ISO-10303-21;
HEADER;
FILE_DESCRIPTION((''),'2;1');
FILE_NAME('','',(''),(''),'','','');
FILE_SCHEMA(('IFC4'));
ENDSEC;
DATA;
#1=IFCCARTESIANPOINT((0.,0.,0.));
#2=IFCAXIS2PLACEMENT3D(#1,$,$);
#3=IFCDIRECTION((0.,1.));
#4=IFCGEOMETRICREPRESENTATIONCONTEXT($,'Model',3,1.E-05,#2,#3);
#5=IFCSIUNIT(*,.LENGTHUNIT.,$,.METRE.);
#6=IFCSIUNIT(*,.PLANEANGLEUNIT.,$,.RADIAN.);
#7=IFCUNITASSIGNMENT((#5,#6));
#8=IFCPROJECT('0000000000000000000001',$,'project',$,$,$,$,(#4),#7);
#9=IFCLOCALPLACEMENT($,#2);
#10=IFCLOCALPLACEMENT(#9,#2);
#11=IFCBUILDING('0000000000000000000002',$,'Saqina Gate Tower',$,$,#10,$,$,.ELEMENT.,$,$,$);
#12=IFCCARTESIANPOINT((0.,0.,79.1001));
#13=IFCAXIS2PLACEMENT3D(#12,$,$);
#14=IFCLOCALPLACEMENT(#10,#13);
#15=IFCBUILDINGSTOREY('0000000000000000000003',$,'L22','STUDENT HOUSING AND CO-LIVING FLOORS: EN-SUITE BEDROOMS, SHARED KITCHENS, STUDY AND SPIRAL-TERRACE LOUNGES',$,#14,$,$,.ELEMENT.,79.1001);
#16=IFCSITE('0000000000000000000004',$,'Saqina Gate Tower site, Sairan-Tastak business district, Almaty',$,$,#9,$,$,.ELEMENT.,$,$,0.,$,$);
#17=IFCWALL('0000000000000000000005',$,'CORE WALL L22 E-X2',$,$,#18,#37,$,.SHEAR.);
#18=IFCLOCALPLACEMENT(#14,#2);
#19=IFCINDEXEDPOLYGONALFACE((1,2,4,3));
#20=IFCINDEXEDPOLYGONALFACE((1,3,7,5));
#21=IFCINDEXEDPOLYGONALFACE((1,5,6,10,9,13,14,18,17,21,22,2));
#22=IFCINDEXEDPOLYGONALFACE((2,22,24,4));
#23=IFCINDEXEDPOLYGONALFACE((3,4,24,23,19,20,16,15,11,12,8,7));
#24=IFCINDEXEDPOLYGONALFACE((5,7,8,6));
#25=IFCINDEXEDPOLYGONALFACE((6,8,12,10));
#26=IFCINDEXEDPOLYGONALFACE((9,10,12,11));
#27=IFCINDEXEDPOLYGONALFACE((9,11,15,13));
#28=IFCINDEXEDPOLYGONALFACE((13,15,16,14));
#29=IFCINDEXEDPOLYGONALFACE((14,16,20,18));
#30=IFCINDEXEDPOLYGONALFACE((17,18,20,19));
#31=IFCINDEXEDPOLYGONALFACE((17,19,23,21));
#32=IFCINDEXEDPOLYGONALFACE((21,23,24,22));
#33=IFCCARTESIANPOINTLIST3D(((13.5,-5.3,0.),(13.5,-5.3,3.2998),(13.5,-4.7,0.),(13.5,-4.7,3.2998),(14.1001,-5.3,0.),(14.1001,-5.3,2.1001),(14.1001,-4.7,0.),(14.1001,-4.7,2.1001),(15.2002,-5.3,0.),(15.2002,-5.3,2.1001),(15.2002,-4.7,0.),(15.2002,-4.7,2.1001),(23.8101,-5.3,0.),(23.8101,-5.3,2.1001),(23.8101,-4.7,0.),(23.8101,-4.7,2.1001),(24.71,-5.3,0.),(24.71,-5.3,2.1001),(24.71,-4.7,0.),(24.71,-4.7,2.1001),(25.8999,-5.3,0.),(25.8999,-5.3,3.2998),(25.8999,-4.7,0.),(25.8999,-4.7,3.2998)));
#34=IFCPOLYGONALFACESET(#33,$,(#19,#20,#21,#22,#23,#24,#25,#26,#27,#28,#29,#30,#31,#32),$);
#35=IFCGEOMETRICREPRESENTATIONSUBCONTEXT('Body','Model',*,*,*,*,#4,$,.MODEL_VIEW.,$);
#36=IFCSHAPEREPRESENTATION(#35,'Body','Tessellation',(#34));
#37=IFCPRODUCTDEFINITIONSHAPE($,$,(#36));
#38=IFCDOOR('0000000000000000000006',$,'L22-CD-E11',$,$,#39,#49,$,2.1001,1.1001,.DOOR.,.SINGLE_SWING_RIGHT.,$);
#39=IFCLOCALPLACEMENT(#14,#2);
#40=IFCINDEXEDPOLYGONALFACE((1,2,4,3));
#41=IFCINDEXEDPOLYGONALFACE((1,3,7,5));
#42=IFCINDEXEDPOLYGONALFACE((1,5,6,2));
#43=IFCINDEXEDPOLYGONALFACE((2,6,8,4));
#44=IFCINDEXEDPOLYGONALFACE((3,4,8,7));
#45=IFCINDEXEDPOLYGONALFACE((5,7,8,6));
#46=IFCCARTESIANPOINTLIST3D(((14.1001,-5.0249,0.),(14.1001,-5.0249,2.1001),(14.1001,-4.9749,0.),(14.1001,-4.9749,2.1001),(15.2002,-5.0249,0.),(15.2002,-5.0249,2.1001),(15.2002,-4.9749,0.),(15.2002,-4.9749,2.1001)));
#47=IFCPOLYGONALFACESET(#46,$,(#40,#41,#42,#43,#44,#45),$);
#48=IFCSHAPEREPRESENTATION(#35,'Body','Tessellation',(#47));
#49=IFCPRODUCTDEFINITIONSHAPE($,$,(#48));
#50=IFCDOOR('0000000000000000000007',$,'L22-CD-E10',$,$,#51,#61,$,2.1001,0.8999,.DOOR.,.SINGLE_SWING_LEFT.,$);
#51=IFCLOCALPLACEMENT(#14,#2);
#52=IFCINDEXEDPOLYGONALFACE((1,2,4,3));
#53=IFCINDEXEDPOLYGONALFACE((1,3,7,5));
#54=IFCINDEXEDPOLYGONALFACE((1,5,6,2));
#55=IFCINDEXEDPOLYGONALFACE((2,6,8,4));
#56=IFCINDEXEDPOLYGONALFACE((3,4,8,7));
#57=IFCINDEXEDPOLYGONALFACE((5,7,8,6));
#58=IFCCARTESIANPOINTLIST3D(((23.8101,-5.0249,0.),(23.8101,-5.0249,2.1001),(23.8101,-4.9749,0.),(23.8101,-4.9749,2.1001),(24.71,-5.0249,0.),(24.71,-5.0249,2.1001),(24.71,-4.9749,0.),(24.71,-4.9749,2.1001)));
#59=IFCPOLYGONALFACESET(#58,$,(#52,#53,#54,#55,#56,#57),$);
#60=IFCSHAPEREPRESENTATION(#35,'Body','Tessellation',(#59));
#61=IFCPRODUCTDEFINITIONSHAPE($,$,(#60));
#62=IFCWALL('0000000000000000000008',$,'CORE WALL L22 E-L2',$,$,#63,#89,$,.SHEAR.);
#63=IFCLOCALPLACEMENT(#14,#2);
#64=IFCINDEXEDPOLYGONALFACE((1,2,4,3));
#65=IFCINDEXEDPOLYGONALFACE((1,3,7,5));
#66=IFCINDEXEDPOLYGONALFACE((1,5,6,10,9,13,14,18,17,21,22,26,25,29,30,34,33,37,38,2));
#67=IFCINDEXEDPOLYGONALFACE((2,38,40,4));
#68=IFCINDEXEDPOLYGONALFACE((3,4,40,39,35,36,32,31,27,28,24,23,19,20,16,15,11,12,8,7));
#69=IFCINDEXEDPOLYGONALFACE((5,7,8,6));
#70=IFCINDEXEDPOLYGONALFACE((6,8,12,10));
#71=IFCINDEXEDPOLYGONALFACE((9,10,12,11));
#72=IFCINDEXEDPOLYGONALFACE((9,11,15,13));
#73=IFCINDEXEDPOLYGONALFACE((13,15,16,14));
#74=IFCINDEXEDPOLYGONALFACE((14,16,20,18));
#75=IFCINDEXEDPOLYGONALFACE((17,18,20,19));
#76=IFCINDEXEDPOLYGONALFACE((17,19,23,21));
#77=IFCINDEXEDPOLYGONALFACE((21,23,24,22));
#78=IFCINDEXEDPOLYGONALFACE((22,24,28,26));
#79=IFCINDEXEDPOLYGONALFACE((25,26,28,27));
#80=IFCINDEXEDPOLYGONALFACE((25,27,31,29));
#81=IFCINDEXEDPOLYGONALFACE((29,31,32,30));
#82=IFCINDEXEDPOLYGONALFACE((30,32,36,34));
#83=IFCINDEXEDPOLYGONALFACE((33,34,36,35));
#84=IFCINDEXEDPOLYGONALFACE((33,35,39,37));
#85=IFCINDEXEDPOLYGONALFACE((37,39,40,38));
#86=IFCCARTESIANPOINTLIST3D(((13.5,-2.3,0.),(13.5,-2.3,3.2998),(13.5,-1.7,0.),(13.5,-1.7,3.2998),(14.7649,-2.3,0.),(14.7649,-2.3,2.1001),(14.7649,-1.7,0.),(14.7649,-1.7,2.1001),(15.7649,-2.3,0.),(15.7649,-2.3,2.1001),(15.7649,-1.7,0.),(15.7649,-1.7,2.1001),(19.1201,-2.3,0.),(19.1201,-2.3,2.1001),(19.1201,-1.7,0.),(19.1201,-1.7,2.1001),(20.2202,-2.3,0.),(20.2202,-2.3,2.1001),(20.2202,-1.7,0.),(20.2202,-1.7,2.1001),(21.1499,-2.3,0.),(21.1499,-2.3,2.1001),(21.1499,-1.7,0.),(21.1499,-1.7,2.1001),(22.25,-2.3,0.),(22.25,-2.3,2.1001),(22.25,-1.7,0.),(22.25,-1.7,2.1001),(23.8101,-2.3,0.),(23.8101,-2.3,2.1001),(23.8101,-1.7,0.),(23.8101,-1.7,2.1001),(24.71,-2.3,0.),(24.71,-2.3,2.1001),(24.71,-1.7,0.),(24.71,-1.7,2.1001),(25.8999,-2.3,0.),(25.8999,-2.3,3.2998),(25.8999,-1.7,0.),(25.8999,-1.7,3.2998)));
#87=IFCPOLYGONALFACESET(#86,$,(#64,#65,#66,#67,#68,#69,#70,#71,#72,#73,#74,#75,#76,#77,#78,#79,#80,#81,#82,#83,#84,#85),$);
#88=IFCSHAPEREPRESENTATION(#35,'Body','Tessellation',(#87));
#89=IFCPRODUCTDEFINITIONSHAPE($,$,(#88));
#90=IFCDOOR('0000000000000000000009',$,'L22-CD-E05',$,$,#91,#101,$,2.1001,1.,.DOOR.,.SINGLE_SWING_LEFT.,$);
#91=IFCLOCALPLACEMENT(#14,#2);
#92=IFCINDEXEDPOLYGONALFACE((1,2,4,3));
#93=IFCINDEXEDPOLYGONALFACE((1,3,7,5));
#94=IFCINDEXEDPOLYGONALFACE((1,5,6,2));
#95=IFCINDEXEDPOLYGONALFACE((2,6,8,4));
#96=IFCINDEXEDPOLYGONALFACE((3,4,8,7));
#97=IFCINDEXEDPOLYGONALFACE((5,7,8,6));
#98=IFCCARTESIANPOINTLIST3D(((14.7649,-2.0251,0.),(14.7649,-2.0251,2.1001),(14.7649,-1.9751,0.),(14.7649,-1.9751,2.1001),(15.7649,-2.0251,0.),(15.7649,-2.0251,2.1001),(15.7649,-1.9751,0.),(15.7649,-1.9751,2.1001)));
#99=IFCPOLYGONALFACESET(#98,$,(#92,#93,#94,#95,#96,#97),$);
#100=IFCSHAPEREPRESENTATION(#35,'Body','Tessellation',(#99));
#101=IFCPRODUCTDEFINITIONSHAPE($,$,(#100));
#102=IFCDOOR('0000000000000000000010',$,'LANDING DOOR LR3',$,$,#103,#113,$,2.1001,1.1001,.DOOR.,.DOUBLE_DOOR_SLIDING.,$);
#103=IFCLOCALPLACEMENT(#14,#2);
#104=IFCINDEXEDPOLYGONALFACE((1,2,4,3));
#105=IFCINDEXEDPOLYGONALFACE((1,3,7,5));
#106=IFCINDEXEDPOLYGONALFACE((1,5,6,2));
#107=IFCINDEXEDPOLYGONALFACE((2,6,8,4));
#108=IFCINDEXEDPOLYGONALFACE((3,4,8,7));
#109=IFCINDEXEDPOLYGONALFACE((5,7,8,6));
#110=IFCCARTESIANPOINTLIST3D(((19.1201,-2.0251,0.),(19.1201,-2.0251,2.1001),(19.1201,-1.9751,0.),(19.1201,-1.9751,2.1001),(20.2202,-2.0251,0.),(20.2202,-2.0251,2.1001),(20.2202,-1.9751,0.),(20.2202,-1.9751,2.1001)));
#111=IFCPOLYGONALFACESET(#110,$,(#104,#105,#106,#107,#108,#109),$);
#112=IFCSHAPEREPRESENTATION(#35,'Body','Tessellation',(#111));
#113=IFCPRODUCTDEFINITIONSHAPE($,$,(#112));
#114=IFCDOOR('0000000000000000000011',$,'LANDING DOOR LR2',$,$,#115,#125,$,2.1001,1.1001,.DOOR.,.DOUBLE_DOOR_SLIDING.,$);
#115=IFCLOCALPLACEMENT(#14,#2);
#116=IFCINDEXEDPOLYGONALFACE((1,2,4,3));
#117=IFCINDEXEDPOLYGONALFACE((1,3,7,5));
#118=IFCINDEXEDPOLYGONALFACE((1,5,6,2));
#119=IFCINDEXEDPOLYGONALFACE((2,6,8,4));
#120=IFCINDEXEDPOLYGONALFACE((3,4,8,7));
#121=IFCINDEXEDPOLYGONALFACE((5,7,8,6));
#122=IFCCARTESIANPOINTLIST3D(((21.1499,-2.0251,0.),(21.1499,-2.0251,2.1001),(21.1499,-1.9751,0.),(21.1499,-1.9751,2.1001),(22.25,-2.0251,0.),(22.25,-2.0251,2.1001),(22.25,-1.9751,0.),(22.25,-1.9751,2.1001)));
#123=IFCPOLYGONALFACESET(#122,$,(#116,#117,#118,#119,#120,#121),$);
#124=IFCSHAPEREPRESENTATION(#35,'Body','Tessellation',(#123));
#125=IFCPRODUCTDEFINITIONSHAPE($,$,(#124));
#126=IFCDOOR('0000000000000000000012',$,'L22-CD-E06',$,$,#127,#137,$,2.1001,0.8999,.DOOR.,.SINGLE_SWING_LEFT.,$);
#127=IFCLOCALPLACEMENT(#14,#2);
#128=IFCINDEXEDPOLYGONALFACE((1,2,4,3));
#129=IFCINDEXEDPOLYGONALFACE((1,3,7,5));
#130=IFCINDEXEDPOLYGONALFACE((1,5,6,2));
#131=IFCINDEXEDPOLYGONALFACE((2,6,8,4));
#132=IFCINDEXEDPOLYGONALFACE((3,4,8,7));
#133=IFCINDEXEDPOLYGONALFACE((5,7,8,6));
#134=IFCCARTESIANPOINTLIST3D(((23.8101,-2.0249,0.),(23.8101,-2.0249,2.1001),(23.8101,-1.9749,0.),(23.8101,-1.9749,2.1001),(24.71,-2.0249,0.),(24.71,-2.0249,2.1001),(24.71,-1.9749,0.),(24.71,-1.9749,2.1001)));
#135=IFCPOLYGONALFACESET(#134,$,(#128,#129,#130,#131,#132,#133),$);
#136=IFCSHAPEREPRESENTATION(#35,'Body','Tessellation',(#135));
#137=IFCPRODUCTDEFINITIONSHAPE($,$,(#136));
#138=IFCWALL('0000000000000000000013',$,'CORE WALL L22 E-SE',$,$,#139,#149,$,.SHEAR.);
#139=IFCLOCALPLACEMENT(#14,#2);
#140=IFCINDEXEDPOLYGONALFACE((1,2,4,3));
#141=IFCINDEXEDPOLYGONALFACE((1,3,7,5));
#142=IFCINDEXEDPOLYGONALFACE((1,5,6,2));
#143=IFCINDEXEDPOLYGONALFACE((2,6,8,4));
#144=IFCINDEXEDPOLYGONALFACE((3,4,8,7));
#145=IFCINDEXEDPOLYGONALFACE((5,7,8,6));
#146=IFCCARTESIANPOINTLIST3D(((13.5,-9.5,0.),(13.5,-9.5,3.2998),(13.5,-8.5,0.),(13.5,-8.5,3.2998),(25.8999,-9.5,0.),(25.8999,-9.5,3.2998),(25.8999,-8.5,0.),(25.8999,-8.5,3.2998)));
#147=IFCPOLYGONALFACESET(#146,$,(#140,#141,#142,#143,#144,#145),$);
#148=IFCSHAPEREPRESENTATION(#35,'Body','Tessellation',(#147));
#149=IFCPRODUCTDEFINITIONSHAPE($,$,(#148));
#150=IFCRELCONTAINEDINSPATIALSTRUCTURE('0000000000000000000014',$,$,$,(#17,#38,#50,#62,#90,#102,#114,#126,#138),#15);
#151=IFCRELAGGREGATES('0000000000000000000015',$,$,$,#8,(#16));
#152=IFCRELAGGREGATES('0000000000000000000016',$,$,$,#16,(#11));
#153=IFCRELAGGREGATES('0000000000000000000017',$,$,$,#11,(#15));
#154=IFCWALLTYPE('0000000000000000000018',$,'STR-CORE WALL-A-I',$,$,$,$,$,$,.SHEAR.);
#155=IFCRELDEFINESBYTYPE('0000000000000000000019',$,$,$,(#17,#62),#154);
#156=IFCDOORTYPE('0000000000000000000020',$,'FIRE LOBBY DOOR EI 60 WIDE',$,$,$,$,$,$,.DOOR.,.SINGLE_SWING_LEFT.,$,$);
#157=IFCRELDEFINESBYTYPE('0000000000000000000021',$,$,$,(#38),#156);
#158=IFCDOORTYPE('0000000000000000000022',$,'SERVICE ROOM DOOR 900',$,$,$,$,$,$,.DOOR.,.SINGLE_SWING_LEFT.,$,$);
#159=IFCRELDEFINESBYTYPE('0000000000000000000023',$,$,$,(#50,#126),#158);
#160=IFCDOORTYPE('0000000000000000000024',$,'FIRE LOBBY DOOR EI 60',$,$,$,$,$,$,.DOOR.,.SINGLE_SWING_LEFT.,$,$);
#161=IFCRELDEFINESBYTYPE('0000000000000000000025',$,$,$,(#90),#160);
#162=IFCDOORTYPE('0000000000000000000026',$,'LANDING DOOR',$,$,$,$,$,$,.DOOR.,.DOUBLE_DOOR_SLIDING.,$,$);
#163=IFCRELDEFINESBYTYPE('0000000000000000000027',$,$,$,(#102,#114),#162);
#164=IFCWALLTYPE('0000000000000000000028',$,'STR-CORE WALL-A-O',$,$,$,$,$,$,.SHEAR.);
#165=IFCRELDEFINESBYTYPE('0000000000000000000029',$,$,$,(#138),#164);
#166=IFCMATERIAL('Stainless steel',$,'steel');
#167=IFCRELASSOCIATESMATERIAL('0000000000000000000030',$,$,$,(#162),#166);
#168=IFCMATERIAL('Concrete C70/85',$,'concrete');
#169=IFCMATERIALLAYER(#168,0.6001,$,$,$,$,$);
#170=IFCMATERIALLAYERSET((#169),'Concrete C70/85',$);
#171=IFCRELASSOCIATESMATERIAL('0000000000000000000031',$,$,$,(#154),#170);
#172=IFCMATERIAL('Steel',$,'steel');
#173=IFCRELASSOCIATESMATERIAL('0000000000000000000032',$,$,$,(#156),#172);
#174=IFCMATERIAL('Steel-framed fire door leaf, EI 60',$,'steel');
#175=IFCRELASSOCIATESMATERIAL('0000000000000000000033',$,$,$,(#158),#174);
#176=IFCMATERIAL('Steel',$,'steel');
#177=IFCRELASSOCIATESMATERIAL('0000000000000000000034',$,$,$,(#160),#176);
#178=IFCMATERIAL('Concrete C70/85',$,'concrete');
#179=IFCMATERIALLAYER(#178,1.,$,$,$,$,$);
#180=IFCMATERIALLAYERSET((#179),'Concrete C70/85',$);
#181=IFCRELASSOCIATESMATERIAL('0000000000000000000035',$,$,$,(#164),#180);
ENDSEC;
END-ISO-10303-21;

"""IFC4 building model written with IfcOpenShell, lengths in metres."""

from ifc_helpers import new_model, si_unit, direction, frame, frame_2d, origin, place, context, subcontext, project, spatial, rectangle, extrude, material, layer, layer_set, type_object, element, fill, save


model = new_model("IFC4")

# Units and contexts
model_context = context("Model", 3, precision=1e-05, world=origin(), true_north=direction((0.0, 1.0)))
body_context = subcontext(model_context, "Body", "Model", "MODEL_VIEW")
ifc_project = project(units=[si_unit("LENGTHUNIT", "METRE"), si_unit("PLANEANGLEUNIT", "RADIAN")], contexts=[model_context])

# Site, building, storey
site_placement = place(None, origin())
site = spatial("IfcSite", under=ifc_project, at=site_placement, Name="Saqina Gate Tower site, Sairan-Tastak business district, Almaty", CompositionType="ELEMENT", RefElevation=0.0)
building_placement = place(site_placement, origin())
building = spatial("IfcBuilding", under=site, at=building_placement, Name="Saqina Gate Tower", CompositionType="ELEMENT")
storey_placement = place(building_placement, frame((0.0, 0.0, 79.1001)))
storey = spatial("IfcBuildingStorey", under=building, at=storey_placement, Name="L22", Description="STUDENT HOUSING AND CO-LIVING FLOORS: EN-SUITE BEDROOMS, SHARED KITCHENS, STUDY AND SPIRAL-TERRACE LOUNGES", CompositionType="ELEMENT", Elevation=79.1001)

# Shared definitions
ifc_material_1 = material(Name="Stainless steel", Category="steel")
door_type_1 = type_object("IfcDoorType", Name="LANDING DOOR", OperationType="DOUBLE_DOOR_SLIDING", PredefinedType="DOOR", material=ifc_material_1)

# Walls, openings, doors
ifc_material_2 = material(Name="Concrete C70/85", Category="concrete")
ifc_layer_1 = layer(ifc_material_2, 0.6001)
ifc_layer_set_1 = layer_set([ifc_layer_1], Name="Concrete C70/85")
wall_type_1 = type_object("IfcWallType", Name="STR-CORE WALL-A-I", PredefinedType="SHEAR", material=ifc_layer_set_1)
wall_1_placement = place(storey_placement, frame((13.5, -5.0, 0.0), z_axis=(0.0, 0.0, 1.0), x_axis=(1.0, 0.0, 0.0)))
wall_1 = element("IfcWall", 1, at=wall_1_placement, inside=storey, type_object=wall_type_1, Name="CORE WALL L22 E-X2", PredefinedType="SHEAR", context=body_context, shape_type="SweptSolid", body=[
    extrude(rectangle(XDim=12.3999, YDim=0.6001, at=frame_2d((6.2, 0.0))), origin(), (0.0, 0.0, 1.0), 3.2998),
])
opening_1_placement = place(wall_1_placement, frame((10.3101, 0.0, 0.0)))
opening_1 = element("IfcOpeningElement", 2, at=opening_1_placement, cuts=wall_1, PredefinedType="OPENING", context=body_context, shape_type="SweptSolid", body=[
    extrude(rectangle(XDim=0.8999, YDim=2.1001, at=frame_2d((0.45, 1.05))), frame((0.0, 0.312, 0.0), z_axis=(0.0, -1.0, 0.0), x_axis=(1.0, 0.0, 0.0)), (0.0, 0.0, 1.0), 0.624),
])
opening_2_placement = place(wall_1_placement, frame((0.6001, 0.0, 0.0)))
opening_2 = element("IfcOpeningElement", 3, at=opening_2_placement, cuts=wall_1, PredefinedType="OPENING", context=body_context, shape_type="SweptSolid", body=[
    extrude(rectangle(XDim=1.1001, YDim=2.1001, at=frame_2d((0.55, 1.05))), frame((0.0, 0.312, 0.0), z_axis=(0.0, -1.0, 0.0), x_axis=(1.0, 0.0, 0.0)), (0.0, 0.0, 1.0), 0.624),
])
ifc_material_3 = material(Name="Steel", Category="steel")
door_type_2 = type_object("IfcDoorType", Name="FIRE LOBBY DOOR EI 60 WIDE", OperationType="SINGLE_SWING_LEFT", PredefinedType="DOOR", material=ifc_material_3)
door_1_placement = place(opening_2_placement, frame((1.1001, 0.0, 0.0), z_axis=(0.0, 0.0, 1.0), x_axis=(-1.0, 0.0, 0.0)))
door_1 = element("IfcDoor", 4, at=door_1_placement, inside=storey, type_object=door_type_2, Name="L22-CD-E11", OperationType="SINGLE_SWING_RIGHT", OverallHeight=2.1001, OverallWidth=1.1001, PredefinedType="DOOR", context=body_context, shape_type="SweptSolid", body=[
    extrude(rectangle(XDim=1.1001, YDim=2.1001, at=frame_2d((0.55, 1.05))), frame((0.0, 0.0249, 0.0), z_axis=(0.0, -1.0, 0.0), x_axis=(1.0, 0.0, 0.0)), (0.0, 0.0, 1.0), 0.05),
])
fill(opening_2, door_1)
ifc_material_4 = material(Name="Steel-framed fire door leaf, EI 60", Category="steel")
door_type_3 = type_object("IfcDoorType", Name="SERVICE ROOM DOOR 900", OperationType="SINGLE_SWING_LEFT", PredefinedType="DOOR", material=ifc_material_4)
door_2_placement = place(opening_1_placement, frame((0.8999, 0.0, 0.0), z_axis=(0.0, 0.0, 1.0), x_axis=(-1.0, 0.0, 0.0)))
door_2 = element("IfcDoor", 5, at=door_2_placement, inside=storey, type_object=door_type_3, Name="L22-CD-E10", OperationType="SINGLE_SWING_LEFT", OverallHeight=2.1001, OverallWidth=0.8999, PredefinedType="DOOR", context=body_context, shape_type="SweptSolid", body=[
    extrude(rectangle(XDim=0.8999, YDim=2.1001, at=frame_2d((0.45, 1.05))), frame((0.0, 0.0249, 0.0), z_axis=(0.0, -1.0, 0.0), x_axis=(1.0, 0.0, 0.0)), (0.0, 0.0, 1.0), 0.05),
])
fill(opening_1, door_2)
wall_2_placement = place(storey_placement, frame((13.5, -2.0, 0.0), z_axis=(0.0, 0.0, 1.0), x_axis=(1.0, 0.0, 0.0)))
wall_2 = element("IfcWall", 6, at=wall_2_placement, inside=storey, type_object=wall_type_1, Name="CORE WALL L22 E-L2", PredefinedType="SHEAR", context=body_context, shape_type="SweptSolid", body=[
    extrude(rectangle(XDim=12.3999, YDim=0.6001, at=frame_2d((6.2, 0.0))), origin(), (0.0, 0.0, 1.0), 3.2998),
])
opening_3_placement = place(wall_2_placement, frame((5.6201, 0.0, 0.0)))
opening_3 = element("IfcOpeningElement", 7, at=opening_3_placement, cuts=wall_2, PredefinedType="OPENING", context=body_context, shape_type="SweptSolid", body=[
    extrude(rectangle(XDim=1.1001, YDim=2.1001, at=frame_2d((0.55, 1.05))), frame((0.0, 0.312, 0.0), z_axis=(0.0, -1.0, 0.0), x_axis=(1.0, 0.0, 0.0)), (0.0, 0.0, 1.0), 0.624),
])
opening_4_placement = place(wall_2_placement, frame((7.6499, 0.0, 0.0)))
opening_4 = element("IfcOpeningElement", 8, at=opening_4_placement, cuts=wall_2, PredefinedType="OPENING", context=body_context, shape_type="SweptSolid", body=[
    extrude(rectangle(XDim=1.1001, YDim=2.1001, at=frame_2d((0.55, 1.05))), frame((0.0, 0.312, 0.0), z_axis=(0.0, -1.0, 0.0), x_axis=(1.0, 0.0, 0.0)), (0.0, 0.0, 1.0), 0.624),
])
opening_5_placement = place(wall_2_placement, frame((1.2649, 0.0, 0.0)))
opening_5 = element("IfcOpeningElement", 9, at=opening_5_placement, cuts=wall_2, PredefinedType="OPENING", context=body_context, shape_type="SweptSolid", body=[
    extrude(rectangle(XDim=1.0, YDim=2.1001, at=frame_2d((0.5, 1.05))), frame((0.0, 0.312, 0.0), z_axis=(0.0, -1.0, 0.0), x_axis=(1.0, 0.0, 0.0)), (0.0, 0.0, 1.0), 0.624),
])
opening_6_placement = place(wall_2_placement, frame((10.3101, 0.0, 0.0)))
opening_6 = element("IfcOpeningElement", 10, at=opening_6_placement, cuts=wall_2, PredefinedType="OPENING", context=body_context, shape_type="SweptSolid", body=[
    extrude(rectangle(XDim=0.8999, YDim=2.1001, at=frame_2d((0.45, 1.05))), frame((0.0, 0.312, 0.0), z_axis=(0.0, -1.0, 0.0), x_axis=(1.0, 0.0, 0.0)), (0.0, 0.0, 1.0), 0.624),
])
ifc_material_5 = material(Name="Steel", Category="steel")
door_type_4 = type_object("IfcDoorType", Name="FIRE LOBBY DOOR EI 60", OperationType="SINGLE_SWING_LEFT", PredefinedType="DOOR", material=ifc_material_5)
door_3_placement = place(opening_5_placement, origin())
door_3 = element("IfcDoor", 11, at=door_3_placement, inside=storey, type_object=door_type_4, Name="L22-CD-E05", OperationType="SINGLE_SWING_LEFT", OverallHeight=2.1001, OverallWidth=1.0, PredefinedType="DOOR", context=body_context, shape_type="SweptSolid", body=[
    extrude(rectangle(XDim=1.0, YDim=2.1001, at=frame_2d((0.5, 1.05))), frame((0.0, 0.0249, 0.0), z_axis=(0.0, -1.0, 0.0), x_axis=(1.0, 0.0, 0.0)), (0.0, 0.0, 1.0), 0.05),
])
fill(opening_5, door_3)
door_4_placement = place(opening_3_placement, origin())
door_4 = element("IfcDoor", 12, at=door_4_placement, inside=storey, type_object=door_type_1, Name="LANDING DOOR LR3", OperationType="DOUBLE_DOOR_SLIDING", OverallHeight=2.1001, OverallWidth=1.1001, PredefinedType="DOOR", context=body_context, shape_type="SweptSolid", body=[
    extrude(rectangle(XDim=1.1001, YDim=2.1001, at=frame_2d((0.55, 1.05))), frame((0.0, 0.0249, 0.0), z_axis=(0.0, -1.0, 0.0), x_axis=(1.0, 0.0, 0.0)), (0.0, 0.0, 1.0), 0.05),
])
fill(opening_3, door_4)
door_5_placement = place(opening_4_placement, origin())
door_5 = element("IfcDoor", 13, at=door_5_placement, inside=storey, type_object=door_type_1, Name="LANDING DOOR LR2", OperationType="DOUBLE_DOOR_SLIDING", OverallHeight=2.1001, OverallWidth=1.1001, PredefinedType="DOOR", context=body_context, shape_type="SweptSolid", body=[
    extrude(rectangle(XDim=1.1001, YDim=2.1001, at=frame_2d((0.55, 1.05))), frame((0.0, 0.0249, 0.0), z_axis=(0.0, -1.0, 0.0), x_axis=(1.0, 0.0, 0.0)), (0.0, 0.0, 1.0), 0.05),
])
fill(opening_4, door_5)
door_6_placement = place(opening_6_placement, frame((0.8999, 0.0, 0.0), z_axis=(0.0, 0.0, 1.0), x_axis=(-1.0, 0.0, 0.0)))
door_6 = element("IfcDoor", 14, at=door_6_placement, inside=storey, type_object=door_type_3, Name="L22-CD-E06", OperationType="SINGLE_SWING_LEFT", OverallHeight=2.1001, OverallWidth=0.8999, PredefinedType="DOOR", context=body_context, shape_type="SweptSolid", body=[
    extrude(rectangle(XDim=0.8999, YDim=2.1001, at=frame_2d((0.45, 1.05))), frame((0.0, 0.0249, 0.0), z_axis=(0.0, -1.0, 0.0), x_axis=(1.0, 0.0, 0.0)), (0.0, 0.0, 1.0), 0.05),
])
fill(opening_6, door_6)
ifc_material_6 = material(Name="Concrete C70/85", Category="concrete")
ifc_layer_2 = layer(ifc_material_6, 1.0)
ifc_layer_set_2 = layer_set([ifc_layer_2], Name="Concrete C70/85")
wall_type_2 = type_object("IfcWallType", Name="STR-CORE WALL-A-O", PredefinedType="SHEAR", material=ifc_layer_set_2)

# Wall
wall_3_placement = place(storey_placement, frame((13.5, -9.0, 0.0), z_axis=(0.0, 0.0, 1.0), x_axis=(1.0, 0.0, 0.0)))
element("IfcWall", 15, at=wall_3_placement, inside=storey, type_object=wall_type_2, Name="CORE WALL L22 E-SE", PredefinedType="SHEAR", context=body_context, shape_type="SweptSolid", body=[
    extrude(rectangle(XDim=12.3999, YDim=1.0, at=frame_2d((6.2, 0.0))), origin(), (0.0, 0.0, 1.0), 3.2998),
])

save(model, "model.ifc")
